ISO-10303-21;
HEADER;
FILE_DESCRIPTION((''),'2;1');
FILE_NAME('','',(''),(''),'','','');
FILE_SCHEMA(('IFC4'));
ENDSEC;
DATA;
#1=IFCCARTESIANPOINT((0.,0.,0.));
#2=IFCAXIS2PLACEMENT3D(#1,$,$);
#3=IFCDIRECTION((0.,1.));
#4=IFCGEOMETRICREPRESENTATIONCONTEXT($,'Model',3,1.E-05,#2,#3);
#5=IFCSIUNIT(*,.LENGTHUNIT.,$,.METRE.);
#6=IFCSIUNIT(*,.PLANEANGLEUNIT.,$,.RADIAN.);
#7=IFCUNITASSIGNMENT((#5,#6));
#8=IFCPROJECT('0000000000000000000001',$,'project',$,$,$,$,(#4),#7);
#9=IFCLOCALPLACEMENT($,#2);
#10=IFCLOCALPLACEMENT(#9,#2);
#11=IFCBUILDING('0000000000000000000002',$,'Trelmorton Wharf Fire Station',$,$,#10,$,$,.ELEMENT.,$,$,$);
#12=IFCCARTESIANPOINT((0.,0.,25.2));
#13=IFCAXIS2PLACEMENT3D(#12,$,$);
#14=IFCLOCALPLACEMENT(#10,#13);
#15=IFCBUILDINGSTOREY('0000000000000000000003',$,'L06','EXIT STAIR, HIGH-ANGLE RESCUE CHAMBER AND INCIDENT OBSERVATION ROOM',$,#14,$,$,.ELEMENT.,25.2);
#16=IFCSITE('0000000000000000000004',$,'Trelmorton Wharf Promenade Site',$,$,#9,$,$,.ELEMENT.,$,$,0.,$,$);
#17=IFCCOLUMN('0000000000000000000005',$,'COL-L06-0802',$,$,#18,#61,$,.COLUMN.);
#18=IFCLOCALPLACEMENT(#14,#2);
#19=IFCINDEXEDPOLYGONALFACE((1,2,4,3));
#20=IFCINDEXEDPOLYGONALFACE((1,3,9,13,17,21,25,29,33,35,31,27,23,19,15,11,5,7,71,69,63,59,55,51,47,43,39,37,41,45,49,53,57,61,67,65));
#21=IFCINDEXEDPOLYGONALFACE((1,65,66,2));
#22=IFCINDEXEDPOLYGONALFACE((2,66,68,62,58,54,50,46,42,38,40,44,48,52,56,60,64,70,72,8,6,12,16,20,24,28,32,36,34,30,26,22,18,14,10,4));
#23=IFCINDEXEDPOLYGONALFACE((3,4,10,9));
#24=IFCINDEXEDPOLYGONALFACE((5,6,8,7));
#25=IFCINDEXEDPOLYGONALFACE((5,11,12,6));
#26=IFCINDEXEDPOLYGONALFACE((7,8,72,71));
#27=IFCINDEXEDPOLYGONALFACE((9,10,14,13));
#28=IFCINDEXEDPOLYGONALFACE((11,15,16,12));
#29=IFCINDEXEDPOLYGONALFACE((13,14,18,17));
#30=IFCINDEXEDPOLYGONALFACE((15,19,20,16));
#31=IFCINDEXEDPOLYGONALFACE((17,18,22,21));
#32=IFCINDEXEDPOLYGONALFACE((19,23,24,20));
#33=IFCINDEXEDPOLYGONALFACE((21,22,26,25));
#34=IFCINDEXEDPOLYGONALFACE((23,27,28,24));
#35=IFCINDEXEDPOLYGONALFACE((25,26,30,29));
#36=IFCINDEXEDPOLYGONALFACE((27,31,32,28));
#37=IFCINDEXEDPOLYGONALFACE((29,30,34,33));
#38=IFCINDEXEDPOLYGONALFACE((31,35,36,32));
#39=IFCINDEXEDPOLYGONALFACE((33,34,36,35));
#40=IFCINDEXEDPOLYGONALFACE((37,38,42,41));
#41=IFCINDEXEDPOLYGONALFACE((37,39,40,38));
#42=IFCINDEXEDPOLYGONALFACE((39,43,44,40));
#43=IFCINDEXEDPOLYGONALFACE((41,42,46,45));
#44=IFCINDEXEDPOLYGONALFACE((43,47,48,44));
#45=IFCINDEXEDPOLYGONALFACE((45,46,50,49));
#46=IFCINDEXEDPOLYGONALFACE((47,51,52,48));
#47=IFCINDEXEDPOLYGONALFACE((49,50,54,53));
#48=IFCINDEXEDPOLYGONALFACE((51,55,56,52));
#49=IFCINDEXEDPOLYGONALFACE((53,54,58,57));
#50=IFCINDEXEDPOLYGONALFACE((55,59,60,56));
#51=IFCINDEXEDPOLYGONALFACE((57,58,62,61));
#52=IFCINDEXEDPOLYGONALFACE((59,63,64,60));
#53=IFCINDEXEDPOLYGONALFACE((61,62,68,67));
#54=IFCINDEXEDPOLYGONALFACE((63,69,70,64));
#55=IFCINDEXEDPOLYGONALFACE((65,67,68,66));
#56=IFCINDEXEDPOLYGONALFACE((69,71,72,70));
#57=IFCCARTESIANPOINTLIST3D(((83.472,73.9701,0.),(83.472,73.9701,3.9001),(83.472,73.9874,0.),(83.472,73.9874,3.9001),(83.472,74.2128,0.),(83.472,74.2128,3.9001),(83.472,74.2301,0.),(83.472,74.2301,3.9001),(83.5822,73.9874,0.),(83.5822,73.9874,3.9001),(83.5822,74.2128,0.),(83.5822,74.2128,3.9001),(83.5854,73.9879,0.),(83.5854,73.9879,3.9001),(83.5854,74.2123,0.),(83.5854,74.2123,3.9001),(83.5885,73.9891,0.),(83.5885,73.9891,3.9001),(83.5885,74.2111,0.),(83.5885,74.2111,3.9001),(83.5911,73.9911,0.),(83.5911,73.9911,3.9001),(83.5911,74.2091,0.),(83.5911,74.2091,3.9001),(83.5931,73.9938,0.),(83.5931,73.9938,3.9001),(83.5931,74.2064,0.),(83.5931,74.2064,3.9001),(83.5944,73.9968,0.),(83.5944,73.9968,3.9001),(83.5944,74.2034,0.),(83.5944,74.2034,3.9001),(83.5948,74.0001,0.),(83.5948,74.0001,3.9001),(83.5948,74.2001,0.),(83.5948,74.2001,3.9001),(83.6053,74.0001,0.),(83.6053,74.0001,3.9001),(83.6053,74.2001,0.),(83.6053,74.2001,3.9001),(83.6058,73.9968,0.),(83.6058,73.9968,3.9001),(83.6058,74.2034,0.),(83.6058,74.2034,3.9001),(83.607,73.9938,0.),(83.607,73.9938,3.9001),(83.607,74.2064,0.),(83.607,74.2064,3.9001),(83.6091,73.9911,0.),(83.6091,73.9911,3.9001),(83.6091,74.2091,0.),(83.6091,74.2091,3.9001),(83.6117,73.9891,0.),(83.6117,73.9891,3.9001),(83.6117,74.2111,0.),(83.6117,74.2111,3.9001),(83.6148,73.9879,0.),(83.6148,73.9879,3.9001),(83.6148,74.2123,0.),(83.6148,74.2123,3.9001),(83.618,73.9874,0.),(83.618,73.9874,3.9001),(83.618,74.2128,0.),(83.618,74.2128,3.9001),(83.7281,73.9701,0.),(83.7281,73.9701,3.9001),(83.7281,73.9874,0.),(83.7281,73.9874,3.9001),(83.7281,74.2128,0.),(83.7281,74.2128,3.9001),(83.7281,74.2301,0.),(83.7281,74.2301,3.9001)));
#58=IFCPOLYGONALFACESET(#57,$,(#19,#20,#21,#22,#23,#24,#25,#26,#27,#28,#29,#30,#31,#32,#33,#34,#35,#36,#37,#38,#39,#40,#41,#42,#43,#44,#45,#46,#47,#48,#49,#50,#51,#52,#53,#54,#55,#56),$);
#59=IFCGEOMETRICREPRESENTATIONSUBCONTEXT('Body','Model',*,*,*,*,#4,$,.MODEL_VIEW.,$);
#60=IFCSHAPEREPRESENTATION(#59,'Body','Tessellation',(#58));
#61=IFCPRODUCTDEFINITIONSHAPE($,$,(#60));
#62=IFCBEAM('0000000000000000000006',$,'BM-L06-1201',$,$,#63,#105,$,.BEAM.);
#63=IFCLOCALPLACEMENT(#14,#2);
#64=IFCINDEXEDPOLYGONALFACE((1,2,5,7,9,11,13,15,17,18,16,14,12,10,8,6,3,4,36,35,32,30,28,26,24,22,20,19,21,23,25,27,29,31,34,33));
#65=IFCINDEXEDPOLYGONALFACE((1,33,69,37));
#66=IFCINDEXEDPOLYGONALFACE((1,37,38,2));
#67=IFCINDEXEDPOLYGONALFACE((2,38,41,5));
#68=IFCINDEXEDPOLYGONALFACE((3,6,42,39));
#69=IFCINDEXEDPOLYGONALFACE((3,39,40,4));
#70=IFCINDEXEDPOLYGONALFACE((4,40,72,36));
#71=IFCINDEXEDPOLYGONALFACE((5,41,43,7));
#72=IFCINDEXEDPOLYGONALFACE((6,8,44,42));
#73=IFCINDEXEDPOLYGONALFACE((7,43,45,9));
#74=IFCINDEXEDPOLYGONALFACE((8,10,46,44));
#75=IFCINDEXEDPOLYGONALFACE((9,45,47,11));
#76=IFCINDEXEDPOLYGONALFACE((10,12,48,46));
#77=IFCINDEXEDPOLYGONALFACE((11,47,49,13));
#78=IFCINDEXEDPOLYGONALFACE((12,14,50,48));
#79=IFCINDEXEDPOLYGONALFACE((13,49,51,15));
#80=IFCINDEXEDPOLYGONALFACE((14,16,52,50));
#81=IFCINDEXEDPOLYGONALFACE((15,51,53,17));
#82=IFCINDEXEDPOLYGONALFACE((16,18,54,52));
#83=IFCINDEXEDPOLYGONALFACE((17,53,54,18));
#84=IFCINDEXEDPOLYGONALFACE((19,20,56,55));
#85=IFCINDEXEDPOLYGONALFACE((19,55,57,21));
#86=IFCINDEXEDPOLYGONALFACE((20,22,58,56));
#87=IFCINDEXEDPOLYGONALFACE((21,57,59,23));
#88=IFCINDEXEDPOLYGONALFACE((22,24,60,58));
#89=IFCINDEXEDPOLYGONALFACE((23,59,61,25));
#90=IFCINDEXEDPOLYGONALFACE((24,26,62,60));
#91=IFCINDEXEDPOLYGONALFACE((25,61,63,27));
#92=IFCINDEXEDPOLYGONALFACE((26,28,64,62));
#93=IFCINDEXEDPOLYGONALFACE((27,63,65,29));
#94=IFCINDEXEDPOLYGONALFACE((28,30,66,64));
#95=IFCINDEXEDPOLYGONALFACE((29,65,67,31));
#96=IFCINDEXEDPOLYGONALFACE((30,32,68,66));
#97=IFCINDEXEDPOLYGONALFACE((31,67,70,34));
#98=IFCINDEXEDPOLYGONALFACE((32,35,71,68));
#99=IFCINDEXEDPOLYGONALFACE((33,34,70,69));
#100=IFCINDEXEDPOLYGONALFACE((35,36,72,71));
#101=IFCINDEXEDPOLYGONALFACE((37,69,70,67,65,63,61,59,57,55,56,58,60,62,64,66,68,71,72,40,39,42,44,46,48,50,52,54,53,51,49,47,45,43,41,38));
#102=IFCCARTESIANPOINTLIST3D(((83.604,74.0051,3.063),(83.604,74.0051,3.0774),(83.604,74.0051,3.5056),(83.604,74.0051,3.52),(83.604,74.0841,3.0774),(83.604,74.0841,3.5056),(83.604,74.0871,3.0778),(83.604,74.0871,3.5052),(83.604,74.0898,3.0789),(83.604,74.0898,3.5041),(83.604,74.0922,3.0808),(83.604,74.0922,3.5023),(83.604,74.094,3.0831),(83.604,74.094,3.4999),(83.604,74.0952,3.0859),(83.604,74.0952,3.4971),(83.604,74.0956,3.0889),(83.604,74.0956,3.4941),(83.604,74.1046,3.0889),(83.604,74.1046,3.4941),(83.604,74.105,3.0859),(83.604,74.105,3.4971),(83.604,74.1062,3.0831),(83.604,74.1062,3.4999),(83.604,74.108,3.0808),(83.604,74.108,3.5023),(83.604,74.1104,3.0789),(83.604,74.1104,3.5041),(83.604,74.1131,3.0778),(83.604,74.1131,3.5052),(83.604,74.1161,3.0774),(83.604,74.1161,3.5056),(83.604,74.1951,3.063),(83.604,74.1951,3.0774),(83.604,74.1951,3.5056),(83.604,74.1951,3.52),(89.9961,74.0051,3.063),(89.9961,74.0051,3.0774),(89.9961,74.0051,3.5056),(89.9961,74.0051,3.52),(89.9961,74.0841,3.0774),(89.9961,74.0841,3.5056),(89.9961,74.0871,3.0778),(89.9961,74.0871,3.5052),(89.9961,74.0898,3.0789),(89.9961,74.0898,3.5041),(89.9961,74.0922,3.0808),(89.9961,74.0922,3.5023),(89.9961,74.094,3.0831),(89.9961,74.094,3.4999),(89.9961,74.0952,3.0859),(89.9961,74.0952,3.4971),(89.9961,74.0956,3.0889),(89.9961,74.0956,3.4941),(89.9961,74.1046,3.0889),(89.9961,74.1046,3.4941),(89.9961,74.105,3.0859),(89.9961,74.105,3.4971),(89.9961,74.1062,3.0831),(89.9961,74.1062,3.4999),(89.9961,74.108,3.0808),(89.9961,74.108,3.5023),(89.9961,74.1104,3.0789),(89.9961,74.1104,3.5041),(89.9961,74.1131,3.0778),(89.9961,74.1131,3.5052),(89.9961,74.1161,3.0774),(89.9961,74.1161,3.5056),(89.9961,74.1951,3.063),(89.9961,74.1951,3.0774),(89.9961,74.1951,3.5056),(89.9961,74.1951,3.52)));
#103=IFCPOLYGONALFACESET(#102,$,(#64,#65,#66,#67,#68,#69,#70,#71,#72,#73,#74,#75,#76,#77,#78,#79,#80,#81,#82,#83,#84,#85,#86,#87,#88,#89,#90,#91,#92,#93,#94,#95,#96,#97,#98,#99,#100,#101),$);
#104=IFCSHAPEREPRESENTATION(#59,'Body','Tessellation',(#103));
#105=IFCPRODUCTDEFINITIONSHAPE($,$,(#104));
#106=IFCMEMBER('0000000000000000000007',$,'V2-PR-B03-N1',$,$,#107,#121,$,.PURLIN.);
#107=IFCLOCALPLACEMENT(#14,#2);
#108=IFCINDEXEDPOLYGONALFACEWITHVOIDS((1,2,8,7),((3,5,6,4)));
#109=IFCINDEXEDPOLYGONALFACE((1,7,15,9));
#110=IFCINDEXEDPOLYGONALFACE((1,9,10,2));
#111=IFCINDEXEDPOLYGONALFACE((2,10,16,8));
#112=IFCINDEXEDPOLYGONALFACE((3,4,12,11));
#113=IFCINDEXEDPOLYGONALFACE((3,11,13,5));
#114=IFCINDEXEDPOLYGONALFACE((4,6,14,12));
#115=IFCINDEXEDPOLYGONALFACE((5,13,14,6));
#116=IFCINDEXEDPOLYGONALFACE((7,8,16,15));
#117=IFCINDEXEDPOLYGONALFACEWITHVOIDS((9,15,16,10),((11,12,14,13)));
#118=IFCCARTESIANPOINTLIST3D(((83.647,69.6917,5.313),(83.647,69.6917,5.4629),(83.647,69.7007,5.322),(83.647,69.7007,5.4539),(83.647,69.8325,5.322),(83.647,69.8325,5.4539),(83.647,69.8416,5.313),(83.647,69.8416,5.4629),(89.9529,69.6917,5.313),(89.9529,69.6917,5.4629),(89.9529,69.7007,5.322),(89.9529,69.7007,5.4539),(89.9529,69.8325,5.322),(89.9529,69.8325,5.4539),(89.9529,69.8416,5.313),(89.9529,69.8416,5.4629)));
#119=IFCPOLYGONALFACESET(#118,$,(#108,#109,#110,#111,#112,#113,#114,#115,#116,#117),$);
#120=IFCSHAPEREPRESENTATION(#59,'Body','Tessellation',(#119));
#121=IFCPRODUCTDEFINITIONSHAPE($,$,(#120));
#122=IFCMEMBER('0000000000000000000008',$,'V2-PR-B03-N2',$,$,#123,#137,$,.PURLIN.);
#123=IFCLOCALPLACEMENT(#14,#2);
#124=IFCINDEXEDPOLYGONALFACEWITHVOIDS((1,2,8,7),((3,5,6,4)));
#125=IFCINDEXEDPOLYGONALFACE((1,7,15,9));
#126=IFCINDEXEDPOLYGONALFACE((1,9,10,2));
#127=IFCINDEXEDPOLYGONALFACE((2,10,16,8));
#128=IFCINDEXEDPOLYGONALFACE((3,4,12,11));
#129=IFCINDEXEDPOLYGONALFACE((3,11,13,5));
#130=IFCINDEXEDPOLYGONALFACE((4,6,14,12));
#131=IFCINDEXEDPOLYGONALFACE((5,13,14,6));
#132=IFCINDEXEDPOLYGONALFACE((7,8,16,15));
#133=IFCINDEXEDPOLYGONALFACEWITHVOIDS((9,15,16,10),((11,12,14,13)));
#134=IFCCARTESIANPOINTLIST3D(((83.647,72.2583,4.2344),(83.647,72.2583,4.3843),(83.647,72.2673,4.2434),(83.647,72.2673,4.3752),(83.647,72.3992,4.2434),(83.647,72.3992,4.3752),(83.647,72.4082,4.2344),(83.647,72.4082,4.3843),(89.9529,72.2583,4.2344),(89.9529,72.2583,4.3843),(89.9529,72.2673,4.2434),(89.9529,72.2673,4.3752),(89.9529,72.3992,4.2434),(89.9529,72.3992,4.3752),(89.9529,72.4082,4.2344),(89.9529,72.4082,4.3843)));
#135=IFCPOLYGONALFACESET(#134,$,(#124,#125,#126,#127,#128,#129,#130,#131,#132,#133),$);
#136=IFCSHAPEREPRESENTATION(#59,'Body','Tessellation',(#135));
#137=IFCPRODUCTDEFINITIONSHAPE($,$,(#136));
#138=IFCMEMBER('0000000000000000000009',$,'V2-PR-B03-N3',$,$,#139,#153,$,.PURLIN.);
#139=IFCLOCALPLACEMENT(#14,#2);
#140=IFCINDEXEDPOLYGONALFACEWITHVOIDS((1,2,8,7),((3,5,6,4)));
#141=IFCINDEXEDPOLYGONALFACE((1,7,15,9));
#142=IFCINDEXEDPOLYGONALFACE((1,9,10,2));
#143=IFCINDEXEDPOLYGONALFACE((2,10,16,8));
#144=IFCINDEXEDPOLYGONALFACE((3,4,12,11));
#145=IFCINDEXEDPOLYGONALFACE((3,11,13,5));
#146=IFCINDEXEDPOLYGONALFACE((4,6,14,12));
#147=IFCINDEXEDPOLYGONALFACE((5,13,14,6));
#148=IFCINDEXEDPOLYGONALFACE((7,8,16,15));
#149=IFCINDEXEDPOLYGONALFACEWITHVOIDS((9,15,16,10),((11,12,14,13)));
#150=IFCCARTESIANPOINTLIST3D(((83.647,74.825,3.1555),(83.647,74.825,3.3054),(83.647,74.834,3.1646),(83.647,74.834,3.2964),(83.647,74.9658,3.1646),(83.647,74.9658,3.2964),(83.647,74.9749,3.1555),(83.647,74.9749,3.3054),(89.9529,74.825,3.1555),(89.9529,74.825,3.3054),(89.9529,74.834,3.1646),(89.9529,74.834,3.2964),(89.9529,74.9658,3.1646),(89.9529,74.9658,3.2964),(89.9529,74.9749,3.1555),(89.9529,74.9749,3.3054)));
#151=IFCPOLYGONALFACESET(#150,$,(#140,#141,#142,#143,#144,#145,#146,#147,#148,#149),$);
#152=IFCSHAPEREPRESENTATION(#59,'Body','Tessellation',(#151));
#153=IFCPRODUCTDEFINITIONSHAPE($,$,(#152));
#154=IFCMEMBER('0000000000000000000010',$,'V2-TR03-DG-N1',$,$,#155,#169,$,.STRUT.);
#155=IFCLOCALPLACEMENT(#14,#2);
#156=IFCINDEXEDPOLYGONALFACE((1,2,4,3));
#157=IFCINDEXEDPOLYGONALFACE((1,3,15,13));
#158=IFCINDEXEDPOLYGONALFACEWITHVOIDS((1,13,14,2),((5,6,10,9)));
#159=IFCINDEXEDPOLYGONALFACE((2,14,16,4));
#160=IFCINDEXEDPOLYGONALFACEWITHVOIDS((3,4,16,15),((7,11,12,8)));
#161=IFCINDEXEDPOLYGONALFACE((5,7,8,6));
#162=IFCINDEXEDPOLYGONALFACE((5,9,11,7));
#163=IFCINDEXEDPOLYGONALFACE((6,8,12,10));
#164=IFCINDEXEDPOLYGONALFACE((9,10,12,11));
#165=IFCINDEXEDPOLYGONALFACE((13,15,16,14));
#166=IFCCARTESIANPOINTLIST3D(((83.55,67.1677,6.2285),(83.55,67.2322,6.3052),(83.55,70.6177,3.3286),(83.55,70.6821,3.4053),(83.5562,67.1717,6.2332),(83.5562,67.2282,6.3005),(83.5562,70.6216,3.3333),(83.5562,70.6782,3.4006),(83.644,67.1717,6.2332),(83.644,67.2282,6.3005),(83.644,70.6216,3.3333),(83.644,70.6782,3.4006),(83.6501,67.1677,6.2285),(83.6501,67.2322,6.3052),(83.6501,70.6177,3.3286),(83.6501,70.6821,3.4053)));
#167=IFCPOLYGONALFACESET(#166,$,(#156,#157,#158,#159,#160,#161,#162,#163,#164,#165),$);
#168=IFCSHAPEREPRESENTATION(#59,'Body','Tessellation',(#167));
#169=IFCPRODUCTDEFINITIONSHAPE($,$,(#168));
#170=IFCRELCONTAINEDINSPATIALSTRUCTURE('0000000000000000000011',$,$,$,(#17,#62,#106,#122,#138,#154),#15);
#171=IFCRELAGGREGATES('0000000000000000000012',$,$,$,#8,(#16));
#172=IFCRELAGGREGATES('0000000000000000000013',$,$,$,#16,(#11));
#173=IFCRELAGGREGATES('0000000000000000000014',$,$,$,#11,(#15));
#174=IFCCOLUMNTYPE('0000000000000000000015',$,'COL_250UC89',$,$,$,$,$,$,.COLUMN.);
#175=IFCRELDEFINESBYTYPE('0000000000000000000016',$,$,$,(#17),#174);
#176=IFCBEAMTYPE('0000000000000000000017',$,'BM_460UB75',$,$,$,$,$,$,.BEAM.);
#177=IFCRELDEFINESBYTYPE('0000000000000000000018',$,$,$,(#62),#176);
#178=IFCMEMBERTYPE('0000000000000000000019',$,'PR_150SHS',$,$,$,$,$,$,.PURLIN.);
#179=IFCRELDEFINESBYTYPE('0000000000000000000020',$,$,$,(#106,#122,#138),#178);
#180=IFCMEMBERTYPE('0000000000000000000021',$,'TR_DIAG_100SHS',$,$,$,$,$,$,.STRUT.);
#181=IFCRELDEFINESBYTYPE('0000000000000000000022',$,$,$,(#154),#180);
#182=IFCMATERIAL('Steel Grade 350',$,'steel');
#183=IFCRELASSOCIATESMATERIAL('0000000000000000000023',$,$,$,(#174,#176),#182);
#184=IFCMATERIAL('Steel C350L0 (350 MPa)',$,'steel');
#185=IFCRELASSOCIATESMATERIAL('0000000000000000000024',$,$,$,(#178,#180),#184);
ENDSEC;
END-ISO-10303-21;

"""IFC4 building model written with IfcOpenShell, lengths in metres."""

from ifc_helpers import new_model, si_unit, direction, frame, origin, origin_2d, place, context, subcontext, project, spatial, hollow_rectangle, i_section, extrude, material, material_profile, profile_set, type_object, element, save


model = new_model("IFC4")

# Units and contexts
model_context = context("Model", 3, precision=1e-05, world=origin(), true_north=direction((0.0, 1.0)))
body_context = subcontext(model_context, "Body", "Model", "MODEL_VIEW")
ifc_project = project(units=[si_unit("LENGTHUNIT", "METRE"), si_unit("PLANEANGLEUNIT", "RADIAN")], contexts=[model_context])

# Site, building, storey
site_placement = place(None, origin())
site = spatial("IfcSite", under=ifc_project, at=site_placement, Name="Trelmorton Wharf Promenade Site", CompositionType="ELEMENT", RefElevation=0.0)
building_placement = place(site_placement, origin())
building = spatial("IfcBuilding", under=site, at=building_placement, Name="Trelmorton Wharf Fire Station", CompositionType="ELEMENT")
storey_placement = place(building_placement, frame((0.0, 0.0, 25.2)))
storey = spatial("IfcBuildingStorey", under=building, at=storey_placement, Name="L06", Description="EXIT STAIR, HIGH-ANGLE RESCUE CHAMBER AND INCIDENT OBSERVATION ROOM", CompositionType="ELEMENT", Elevation=25.2)

# Column
ifc_material_1 = material(Name="Steel Grade 350", Category="steel")
ifc_material_profile_1 = material_profile(ifc_material_1, i_section(OverallWidth=0.2561, OverallDepth=0.26, WebThickness=0.0105, FlangeThickness=0.0173, FilletRadius=0.0127, at=origin_2d()), Name="250UC89.5")
ifc_profile_set_1 = profile_set([ifc_material_profile_1], Name="Steel Grade 350")
column_type = type_object("IfcColumnType", Name="COL_250UC89", PredefinedType="COLUMN", material=ifc_profile_set_1)
column_placement = place(storey_placement, frame((83.6001, 74.1001, 0.0), z_axis=(0.0, 0.0, 1.0), x_axis=(1.0, 0.0, 0.0)))
element("IfcColumn", 1, at=column_placement, inside=storey, type_object=column_type, Name="COL-L06-0802", PredefinedType="COLUMN", context=body_context, shape_type="SweptSolid", body=[
    extrude(i_section(OverallWidth=0.2561, OverallDepth=0.26, WebThickness=0.0105, FlangeThickness=0.0173, FilletRadius=0.0127, at=origin_2d()), origin(), (0.0, 0.0, 1.0), 3.9001),
])

# Beam
ifc_material_profile_2 = material_profile(ifc_material_1, i_section(OverallWidth=0.1899, OverallDepth=0.457, WebThickness=0.009, FlangeThickness=0.0144, FilletRadius=0.0115, at=origin_2d()), Name="460UB74.6")
ifc_profile_set_2 = profile_set([ifc_material_profile_2], Name="Steel Grade 350")
beam_type = type_object("IfcBeamType", Name="BM_460UB75", PredefinedType="BEAM", material=ifc_profile_set_2)
beam_placement = place(storey_placement, frame((83.604, 74.1001, 3.2915), z_axis=(1.0, 0.0, 0.0), x_axis=(0.0, 1.0, 0.0)))
element("IfcBeam", 2, at=beam_placement, inside=storey, type_object=beam_type, Name="BM-L06-1201", PredefinedType="BEAM", context=body_context, shape_type="SweptSolid", body=[
    extrude(i_section(OverallWidth=0.1899, OverallDepth=0.457, WebThickness=0.009, FlangeThickness=0.0144, FilletRadius=0.0115, at=origin_2d()), origin(), (0.0, 0.0, 1.0), 6.3921),
])

# Members
ifc_material_2 = material(Name="Steel C350L0 (350 MPa)", Category="steel")
ifc_material_profile_3 = material_profile(ifc_material_2, hollow_rectangle(XDim=0.1499, YDim=0.1499, WallThickness=0.009, at=origin_2d()), Name="150x150x9.0SHS")
ifc_profile_set_3 = profile_set([ifc_material_profile_3], Name="Steel C350L0 (350 MPa)")
member_type_1 = type_object("IfcMemberType", Name="PR_150SHS", PredefinedType="PURLIN", material=ifc_profile_set_3)
for number, where, z_axis, x_axis, name in (
    (3, (83.647, 69.7666, 5.3879), (1.0, 0.0, 0.0), (0.0, 1.0, 0.0), "V2-PR-B03-N1"),
    (4, (83.647, 72.3333, 4.3093), (1.0, 0.0, 0.0), (0.0, 1.0, 0.0), "V2-PR-B03-N2"),
    (5, (83.647, 74.8999, 3.2305), (1.0, 0.0, 0.0), (0.0, 1.0, 0.0), "V2-PR-B03-N3"),
):
    element("IfcMember", number, at=place(storey_placement, frame(where, z_axis=z_axis, x_axis=x_axis)), inside=storey, type_object=member_type_1, Name=name, PredefinedType="PURLIN", context=body_context, shape_type="SweptSolid", body=[
        extrude(hollow_rectangle(XDim=0.1499, YDim=0.1499, WallThickness=0.009, at=origin_2d()), origin(), (0.0, 0.0, 1.0), 6.3059),
    ])
ifc_material_profile_4 = material_profile(ifc_material_2, hollow_rectangle(XDim=0.1001, YDim=0.1001, WallThickness=0.0061, at=origin_2d()), Name="100x100x6.0SHS")
ifc_profile_set_4 = profile_set([ifc_material_profile_4], Name="Steel C350L0 (350 MPa)")
member_type_2 = type_object("IfcMemberType", Name="TR_DIAG_100SHS", PredefinedType="STRUT", material=ifc_profile_set_4)
member_1_placement = place(storey_placement, frame((83.6001, 70.6499, 3.3669), z_axis=(0.0, -0.765492, 0.643445), x_axis=(1.0, 0.0, 0.0)))
element("IfcMember", 6, at=member_1_placement, inside=storey, type_object=member_type_2, Name="V2-TR03-DG-N1", PredefinedType="STRUT", context=body_context, shape_type="SweptSolid", body=[
    extrude(hollow_rectangle(XDim=0.1001, YDim=0.1001, WallThickness=0.0061, at=origin_2d()), origin(), (0.0, 0.0, 1.0), 4.5068),
])

save(model, "model.ifc")
